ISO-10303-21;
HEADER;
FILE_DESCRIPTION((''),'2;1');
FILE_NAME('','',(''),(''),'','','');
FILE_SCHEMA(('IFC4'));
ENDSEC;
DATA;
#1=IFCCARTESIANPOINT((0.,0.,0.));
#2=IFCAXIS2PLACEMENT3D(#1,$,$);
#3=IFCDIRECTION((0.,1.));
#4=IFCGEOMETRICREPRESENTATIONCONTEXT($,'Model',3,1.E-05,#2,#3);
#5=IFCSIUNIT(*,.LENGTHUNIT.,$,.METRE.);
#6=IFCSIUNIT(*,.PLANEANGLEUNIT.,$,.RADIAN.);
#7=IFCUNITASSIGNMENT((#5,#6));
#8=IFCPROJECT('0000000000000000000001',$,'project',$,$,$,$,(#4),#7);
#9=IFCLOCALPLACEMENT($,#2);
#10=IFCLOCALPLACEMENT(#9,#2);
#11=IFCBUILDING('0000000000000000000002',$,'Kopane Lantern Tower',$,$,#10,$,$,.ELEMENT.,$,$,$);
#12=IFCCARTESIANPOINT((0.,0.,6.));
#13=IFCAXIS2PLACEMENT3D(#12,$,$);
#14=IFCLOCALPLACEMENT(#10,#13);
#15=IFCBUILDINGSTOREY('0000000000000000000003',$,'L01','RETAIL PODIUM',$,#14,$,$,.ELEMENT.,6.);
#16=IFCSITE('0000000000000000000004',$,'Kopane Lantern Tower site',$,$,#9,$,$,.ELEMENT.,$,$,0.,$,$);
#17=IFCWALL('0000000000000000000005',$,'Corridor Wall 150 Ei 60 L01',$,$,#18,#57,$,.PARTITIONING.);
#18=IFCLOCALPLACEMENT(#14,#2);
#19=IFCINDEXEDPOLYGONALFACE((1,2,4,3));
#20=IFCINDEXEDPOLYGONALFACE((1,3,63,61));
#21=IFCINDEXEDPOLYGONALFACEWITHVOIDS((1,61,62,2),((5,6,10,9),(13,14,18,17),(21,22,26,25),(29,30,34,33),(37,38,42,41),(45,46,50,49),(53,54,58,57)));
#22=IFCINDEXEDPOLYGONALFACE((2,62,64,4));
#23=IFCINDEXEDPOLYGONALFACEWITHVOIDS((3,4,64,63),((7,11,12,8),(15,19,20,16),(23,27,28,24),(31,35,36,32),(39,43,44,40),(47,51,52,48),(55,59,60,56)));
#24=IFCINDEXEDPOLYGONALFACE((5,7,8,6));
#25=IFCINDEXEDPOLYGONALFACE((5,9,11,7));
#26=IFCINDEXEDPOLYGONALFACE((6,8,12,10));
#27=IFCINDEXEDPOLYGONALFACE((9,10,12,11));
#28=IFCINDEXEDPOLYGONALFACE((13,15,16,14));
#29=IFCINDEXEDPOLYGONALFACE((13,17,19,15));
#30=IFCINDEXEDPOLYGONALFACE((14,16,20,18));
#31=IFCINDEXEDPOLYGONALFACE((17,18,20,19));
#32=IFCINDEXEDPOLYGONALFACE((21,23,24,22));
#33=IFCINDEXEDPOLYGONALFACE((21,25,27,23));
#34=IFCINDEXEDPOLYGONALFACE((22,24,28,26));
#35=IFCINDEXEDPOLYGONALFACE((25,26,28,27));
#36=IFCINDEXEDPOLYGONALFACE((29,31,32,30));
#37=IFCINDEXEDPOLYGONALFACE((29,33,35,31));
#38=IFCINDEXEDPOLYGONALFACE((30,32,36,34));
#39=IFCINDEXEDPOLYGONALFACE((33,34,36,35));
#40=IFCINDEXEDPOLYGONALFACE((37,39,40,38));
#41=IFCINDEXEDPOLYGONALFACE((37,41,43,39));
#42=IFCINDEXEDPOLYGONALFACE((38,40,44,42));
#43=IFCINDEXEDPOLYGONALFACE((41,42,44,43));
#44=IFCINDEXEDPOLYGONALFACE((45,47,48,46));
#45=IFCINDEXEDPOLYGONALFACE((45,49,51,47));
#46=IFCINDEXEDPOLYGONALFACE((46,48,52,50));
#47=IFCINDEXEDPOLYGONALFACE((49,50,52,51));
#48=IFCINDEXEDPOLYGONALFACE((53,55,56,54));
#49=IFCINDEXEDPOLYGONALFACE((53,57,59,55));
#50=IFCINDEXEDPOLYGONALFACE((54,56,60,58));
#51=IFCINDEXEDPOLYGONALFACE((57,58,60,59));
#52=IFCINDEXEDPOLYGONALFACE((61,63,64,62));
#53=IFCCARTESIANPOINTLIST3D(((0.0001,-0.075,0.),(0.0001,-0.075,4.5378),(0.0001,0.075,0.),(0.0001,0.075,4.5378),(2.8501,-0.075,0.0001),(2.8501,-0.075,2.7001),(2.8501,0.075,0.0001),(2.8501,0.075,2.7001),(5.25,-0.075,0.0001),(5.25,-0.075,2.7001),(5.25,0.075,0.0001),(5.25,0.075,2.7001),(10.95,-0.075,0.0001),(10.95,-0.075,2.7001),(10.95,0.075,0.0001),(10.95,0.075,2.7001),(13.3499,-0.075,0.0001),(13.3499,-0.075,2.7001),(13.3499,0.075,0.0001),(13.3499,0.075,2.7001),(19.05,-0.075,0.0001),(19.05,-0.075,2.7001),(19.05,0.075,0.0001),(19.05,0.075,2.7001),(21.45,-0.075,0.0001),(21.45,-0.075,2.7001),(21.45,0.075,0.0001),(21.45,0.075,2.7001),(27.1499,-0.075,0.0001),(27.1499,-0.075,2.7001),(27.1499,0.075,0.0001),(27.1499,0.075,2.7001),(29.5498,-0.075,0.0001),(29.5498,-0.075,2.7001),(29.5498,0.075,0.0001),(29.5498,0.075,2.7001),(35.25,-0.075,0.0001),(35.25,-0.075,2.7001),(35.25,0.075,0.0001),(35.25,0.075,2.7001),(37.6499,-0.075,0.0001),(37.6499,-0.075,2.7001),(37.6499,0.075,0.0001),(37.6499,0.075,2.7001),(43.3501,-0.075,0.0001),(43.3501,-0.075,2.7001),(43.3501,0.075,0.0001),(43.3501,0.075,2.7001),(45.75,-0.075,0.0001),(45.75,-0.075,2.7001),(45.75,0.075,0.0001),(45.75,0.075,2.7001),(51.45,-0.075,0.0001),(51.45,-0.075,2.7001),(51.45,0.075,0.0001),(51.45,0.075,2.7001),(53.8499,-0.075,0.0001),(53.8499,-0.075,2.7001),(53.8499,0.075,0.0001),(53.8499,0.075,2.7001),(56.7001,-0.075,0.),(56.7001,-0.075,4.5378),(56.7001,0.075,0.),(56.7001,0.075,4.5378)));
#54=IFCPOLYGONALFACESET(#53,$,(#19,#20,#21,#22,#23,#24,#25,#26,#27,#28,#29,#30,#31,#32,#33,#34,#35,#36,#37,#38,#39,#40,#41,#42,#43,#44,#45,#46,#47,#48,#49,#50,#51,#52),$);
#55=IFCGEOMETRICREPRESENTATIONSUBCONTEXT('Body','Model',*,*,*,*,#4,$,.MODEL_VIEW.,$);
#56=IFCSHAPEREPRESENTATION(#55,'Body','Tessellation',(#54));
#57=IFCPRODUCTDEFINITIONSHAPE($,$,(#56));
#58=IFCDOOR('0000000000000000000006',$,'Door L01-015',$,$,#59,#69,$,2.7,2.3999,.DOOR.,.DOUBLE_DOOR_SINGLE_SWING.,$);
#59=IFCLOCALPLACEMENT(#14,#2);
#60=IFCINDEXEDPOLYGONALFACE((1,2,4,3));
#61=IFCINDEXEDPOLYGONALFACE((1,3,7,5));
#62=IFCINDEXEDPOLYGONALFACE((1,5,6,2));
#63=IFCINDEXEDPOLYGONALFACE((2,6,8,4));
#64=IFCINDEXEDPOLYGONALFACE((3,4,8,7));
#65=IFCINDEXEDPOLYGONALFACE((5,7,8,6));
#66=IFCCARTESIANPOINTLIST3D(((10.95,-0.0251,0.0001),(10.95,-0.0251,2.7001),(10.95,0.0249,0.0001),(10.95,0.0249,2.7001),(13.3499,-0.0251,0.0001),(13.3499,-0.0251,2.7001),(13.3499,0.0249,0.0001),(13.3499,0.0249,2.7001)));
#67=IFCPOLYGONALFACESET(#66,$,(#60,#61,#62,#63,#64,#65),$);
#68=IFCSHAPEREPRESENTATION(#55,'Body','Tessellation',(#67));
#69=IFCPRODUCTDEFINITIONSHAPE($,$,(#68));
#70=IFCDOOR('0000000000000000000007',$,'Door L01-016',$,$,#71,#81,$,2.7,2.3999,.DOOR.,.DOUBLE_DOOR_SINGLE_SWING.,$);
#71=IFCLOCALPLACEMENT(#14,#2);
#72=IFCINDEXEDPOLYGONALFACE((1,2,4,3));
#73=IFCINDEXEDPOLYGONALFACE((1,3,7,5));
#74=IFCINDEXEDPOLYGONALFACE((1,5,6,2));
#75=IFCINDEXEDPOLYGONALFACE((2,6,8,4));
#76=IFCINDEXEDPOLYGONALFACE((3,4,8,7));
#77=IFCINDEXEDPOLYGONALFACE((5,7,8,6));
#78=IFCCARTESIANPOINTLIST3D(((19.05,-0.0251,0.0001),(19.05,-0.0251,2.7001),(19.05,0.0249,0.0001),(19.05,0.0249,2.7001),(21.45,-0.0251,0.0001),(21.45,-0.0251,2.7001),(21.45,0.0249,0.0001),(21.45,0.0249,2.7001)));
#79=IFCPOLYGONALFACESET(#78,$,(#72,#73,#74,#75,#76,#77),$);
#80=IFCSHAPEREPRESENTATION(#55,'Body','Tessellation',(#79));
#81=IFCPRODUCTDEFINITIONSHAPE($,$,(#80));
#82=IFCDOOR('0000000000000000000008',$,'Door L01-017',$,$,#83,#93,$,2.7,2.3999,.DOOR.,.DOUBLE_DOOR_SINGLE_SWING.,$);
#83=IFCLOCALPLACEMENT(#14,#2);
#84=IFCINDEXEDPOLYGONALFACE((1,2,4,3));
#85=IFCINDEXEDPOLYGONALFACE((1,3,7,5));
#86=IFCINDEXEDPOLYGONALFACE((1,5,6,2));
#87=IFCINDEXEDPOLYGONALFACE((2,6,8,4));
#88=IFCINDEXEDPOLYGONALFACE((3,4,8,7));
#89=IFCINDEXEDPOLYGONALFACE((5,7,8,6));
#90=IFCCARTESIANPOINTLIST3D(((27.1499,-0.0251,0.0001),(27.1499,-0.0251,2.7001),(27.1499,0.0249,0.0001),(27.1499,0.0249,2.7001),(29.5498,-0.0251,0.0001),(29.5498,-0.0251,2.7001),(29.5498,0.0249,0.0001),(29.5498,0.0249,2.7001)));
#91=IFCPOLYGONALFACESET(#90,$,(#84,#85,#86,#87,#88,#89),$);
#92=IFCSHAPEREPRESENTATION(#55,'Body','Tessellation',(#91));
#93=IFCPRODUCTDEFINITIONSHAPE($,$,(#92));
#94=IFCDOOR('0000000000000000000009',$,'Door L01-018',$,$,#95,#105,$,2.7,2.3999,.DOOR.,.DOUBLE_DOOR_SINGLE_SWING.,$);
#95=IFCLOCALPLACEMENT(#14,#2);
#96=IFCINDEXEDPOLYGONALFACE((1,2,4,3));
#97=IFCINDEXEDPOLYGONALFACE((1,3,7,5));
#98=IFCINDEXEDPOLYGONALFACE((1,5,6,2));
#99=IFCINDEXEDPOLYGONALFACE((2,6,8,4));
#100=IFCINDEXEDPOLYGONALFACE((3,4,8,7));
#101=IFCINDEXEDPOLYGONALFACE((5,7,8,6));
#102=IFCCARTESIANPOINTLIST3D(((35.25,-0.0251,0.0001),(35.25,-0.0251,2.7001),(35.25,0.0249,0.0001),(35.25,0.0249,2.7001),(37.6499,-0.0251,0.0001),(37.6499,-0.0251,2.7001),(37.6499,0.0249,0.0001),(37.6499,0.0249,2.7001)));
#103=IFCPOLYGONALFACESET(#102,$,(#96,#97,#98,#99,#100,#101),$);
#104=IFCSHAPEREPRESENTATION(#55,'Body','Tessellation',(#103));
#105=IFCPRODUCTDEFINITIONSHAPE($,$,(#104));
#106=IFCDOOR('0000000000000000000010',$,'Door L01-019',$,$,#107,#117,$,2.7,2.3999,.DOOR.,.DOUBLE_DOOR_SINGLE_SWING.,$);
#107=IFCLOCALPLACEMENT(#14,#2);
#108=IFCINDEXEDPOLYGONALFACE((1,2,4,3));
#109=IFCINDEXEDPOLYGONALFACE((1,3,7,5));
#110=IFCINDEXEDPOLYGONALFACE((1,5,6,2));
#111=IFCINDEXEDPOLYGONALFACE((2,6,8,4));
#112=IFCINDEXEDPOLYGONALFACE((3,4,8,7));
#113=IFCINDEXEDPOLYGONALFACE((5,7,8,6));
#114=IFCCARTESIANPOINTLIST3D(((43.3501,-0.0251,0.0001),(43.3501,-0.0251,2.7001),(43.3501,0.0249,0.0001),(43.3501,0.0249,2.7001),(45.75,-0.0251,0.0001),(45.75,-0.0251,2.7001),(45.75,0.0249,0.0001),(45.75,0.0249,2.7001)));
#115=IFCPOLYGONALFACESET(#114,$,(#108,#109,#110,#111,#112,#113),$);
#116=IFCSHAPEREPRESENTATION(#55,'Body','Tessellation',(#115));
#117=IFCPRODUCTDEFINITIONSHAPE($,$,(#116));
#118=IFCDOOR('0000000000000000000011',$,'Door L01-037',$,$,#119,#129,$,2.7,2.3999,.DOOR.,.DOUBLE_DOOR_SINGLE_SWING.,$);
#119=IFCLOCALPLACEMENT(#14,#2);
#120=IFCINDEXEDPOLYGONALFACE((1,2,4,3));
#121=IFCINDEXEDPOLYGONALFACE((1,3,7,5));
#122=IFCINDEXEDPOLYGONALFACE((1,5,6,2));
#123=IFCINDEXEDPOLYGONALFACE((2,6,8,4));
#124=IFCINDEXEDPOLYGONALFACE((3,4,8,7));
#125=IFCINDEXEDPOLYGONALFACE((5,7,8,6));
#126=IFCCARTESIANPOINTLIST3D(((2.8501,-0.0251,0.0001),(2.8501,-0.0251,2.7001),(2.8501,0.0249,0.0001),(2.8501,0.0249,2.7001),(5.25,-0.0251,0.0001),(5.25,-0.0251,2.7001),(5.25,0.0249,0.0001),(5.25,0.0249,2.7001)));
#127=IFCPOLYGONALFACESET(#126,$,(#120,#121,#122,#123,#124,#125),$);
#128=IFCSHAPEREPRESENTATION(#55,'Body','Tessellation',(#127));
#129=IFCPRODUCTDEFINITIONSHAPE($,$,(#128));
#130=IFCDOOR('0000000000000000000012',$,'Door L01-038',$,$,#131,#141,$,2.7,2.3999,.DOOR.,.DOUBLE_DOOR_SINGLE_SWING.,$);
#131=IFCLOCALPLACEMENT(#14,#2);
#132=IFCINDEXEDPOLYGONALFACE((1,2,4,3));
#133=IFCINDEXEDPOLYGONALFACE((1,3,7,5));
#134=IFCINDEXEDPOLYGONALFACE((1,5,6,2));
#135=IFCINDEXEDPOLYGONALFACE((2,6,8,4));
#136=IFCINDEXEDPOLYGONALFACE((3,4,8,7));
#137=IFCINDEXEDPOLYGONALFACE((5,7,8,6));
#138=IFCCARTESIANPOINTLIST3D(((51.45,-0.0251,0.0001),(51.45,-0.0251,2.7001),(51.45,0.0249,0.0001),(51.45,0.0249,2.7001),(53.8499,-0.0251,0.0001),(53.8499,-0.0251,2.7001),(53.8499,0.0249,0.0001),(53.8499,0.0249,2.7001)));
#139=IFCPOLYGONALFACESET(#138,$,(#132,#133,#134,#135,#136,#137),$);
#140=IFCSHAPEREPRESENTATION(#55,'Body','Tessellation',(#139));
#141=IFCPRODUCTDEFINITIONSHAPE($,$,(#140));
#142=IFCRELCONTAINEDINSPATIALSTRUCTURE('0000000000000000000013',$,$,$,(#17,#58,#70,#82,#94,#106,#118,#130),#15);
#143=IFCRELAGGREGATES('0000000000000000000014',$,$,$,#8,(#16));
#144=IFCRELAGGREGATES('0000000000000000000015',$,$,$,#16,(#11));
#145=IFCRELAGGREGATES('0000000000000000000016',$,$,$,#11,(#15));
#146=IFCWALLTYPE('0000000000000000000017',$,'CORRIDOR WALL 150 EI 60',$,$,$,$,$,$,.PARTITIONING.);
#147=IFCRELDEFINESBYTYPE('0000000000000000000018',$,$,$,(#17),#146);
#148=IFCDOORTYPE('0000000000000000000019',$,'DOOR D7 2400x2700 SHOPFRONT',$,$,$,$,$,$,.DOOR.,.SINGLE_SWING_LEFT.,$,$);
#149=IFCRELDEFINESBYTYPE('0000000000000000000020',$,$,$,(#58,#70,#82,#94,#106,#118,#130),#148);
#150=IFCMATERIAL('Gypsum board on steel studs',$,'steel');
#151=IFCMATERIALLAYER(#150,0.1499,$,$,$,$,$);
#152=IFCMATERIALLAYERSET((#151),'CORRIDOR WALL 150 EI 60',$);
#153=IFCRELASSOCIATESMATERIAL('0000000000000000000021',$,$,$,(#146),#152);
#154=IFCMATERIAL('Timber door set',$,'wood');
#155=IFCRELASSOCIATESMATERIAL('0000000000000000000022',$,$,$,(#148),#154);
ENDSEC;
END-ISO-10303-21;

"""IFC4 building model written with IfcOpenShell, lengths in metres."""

from ifc_helpers import new_model, si_unit, direction, frame, frame_2d, origin, origin_with_axes, place, context, subcontext, project, spatial, rectangle, extrude, material, layer, layer_set, type_object, element, fill, save


model = new_model("IFC4")

# Units and contexts
model_context = context("Model", 3, precision=1e-05, world=origin(), true_north=direction((0.0, 1.0)))
body_context = subcontext(model_context, "Body", "Model", "MODEL_VIEW")
ifc_project = project(units=[si_unit("LENGTHUNIT", "METRE"), si_unit("PLANEANGLEUNIT", "RADIAN")], contexts=[model_context])

# Site, building, storey
site_placement = place(None, origin())
site = spatial("IfcSite", under=ifc_project, at=site_placement, Name="Kopane Lantern Tower site", CompositionType="ELEMENT", RefElevation=0.0)
building_placement = place(site_placement, origin())
building = spatial("IfcBuilding", under=site, at=building_placement, Name="Kopane Lantern Tower", CompositionType="ELEMENT")
storey_placement = place(building_placement, frame((0.0, 0.0, 6.0)))
storey = spatial("IfcBuildingStorey", under=building, at=storey_placement, Name="L01", Description="RETAIL PODIUM", CompositionType="ELEMENT", Elevation=6.0)

# Wall, openings, doors
ifc_material_1 = material(Name="Gypsum board on steel studs", Category="steel")
ifc_layer_1 = layer(ifc_material_1, 0.1499)
ifc_layer_set_1 = layer_set([ifc_layer_1], Name="CORRIDOR WALL 150 EI 60")
wall_type = type_object("IfcWallType", Name="CORRIDOR WALL 150 EI 60", PredefinedType="PARTITIONING", material=ifc_layer_set_1)
wall_1_placement = place(storey_placement, origin_with_axes())
wall_1 = element("IfcWall", 1, at=wall_1_placement, inside=storey, type_object=wall_type, Name="Corridor Wall 150 Ei 60 L01", PredefinedType="PARTITIONING", context=body_context, shape_type="SweptSolid", body=[
    extrude(rectangle(XDim=56.7, YDim=0.1499, at=frame_2d((28.3501, 0.0))), origin(), (0.0, 0.0, 1.0), 4.5378),
])
opening_1_placement = place(wall_1_placement, frame((10.95, 0.0, 0.0)))
opening_1 = element("IfcOpeningElement", 2, at=opening_1_placement, cuts=wall_1, PredefinedType="OPENING", context=body_context, shape_type="SweptSolid", body=[
    extrude(rectangle(XDim=2.3999, YDim=2.7, at=frame_2d((1.2, 1.3501))), frame((0.0, 0.085, 0.0), z_axis=(0.0, -1.0, 0.0), x_axis=(1.0, 0.0, 0.0)), (0.0, 0.0, 1.0), 0.1699),
])
opening_2_placement = place(wall_1_placement, frame((19.05, 0.0, 0.0)))
opening_2 = element("IfcOpeningElement", 3, at=opening_2_placement, cuts=wall_1, PredefinedType="OPENING", context=body_context, shape_type="SweptSolid", body=[
    extrude(rectangle(XDim=2.3999, YDim=2.7, at=frame_2d((1.2, 1.3501))), frame((0.0, 0.085, 0.0), z_axis=(0.0, -1.0, 0.0), x_axis=(1.0, 0.0, 0.0)), (0.0, 0.0, 1.0), 0.1699),
])
opening_3_placement = place(wall_1_placement, frame((27.1499, 0.0, 0.0)))
opening_3 = element("IfcOpeningElement", 4, at=opening_3_placement, cuts=wall_1, PredefinedType="OPENING", context=body_context, shape_type="SweptSolid", body=[
    extrude(rectangle(XDim=2.3999, YDim=2.7, at=frame_2d((1.2, 1.3501))), frame((0.0, 0.085, 0.0), z_axis=(0.0, -1.0, 0.0), x_axis=(1.0, 0.0, 0.0)), (0.0, 0.0, 1.0), 0.1699),
])
opening_4_placement = place(wall_1_placement, frame((35.25, 0.0, 0.0)))
opening_4 = element("IfcOpeningElement", 5, at=opening_4_placement, cuts=wall_1, PredefinedType="OPENING", context=body_context, shape_type="SweptSolid", body=[
    extrude(rectangle(XDim=2.3999, YDim=2.7, at=frame_2d((1.2, 1.3501))), frame((0.0, 0.085, 0.0), z_axis=(0.0, -1.0, 0.0), x_axis=(1.0, 0.0, 0.0)), (0.0, 0.0, 1.0), 0.1699),
])
opening_5_placement = place(wall_1_placement, frame((43.3501, 0.0, 0.0)))
opening_5 = element("IfcOpeningElement", 6, at=opening_5_placement, cuts=wall_1, PredefinedType="OPENING", context=body_context, shape_type="SweptSolid", body=[
    extrude(rectangle(XDim=2.3999, YDim=2.7, at=frame_2d((1.2, 1.3501))), frame((0.0, 0.085, 0.0), z_axis=(0.0, -1.0, 0.0), x_axis=(1.0, 0.0, 0.0)), (0.0, 0.0, 1.0), 0.1699),
])
opening_6_placement = place(wall_1_placement, frame((2.8501, 0.0, 0.0)))
opening_6 = element("IfcOpeningElement", 7, at=opening_6_placement, cuts=wall_1, PredefinedType="OPENING", context=body_context, shape_type="SweptSolid", body=[
    extrude(rectangle(XDim=2.3999, YDim=2.7, at=frame_2d((1.2, 1.3501))), frame((0.0, 0.085, 0.0), z_axis=(0.0, -1.0, 0.0), x_axis=(1.0, 0.0, 0.0)), (0.0, 0.0, 1.0), 0.1699),
])
opening_7_placement = place(wall_1_placement, frame((51.45, 0.0, 0.0)))
opening_7 = element("IfcOpeningElement", 8, at=opening_7_placement, cuts=wall_1, PredefinedType="OPENING", context=body_context, shape_type="SweptSolid", body=[
    extrude(rectangle(XDim=2.3999, YDim=2.7, at=frame_2d((1.2, 1.3501))), frame((0.0, 0.085, 0.0), z_axis=(0.0, -1.0, 0.0), x_axis=(1.0, 0.0, 0.0)), (0.0, 0.0, 1.0), 0.1699),
])
ifc_material_2 = material(Name="Timber door set", Category="wood")
door_type = type_object("IfcDoorType", Name="DOOR D7 2400x2700 SHOPFRONT", OperationType="SINGLE_SWING_LEFT", PredefinedType="DOOR", material=ifc_material_2)
door_1_placement = place(opening_1_placement, origin())
door_1 = element("IfcDoor", 9, at=door_1_placement, inside=storey, type_object=door_type, Name="Door L01-015", OperationType="DOUBLE_DOOR_SINGLE_SWING", OverallHeight=2.7, OverallWidth=2.3999, PredefinedType="DOOR", context=body_context, shape_type="SweptSolid", body=[
    extrude(rectangle(XDim=2.3999, YDim=2.7, at=frame_2d((1.2, 1.3501))), frame((0.0, 0.0249, 0.0), z_axis=(0.0, -1.0, 0.0), x_axis=(1.0, 0.0, 0.0)), (0.0, 0.0, 1.0), 0.05),
])
fill(opening_1, door_1)
door_2_placement = place(opening_2_placement, origin())
door_2 = element("IfcDoor", 10, at=door_2_placement, inside=storey, type_object=door_type, Name="Door L01-016", OperationType="DOUBLE_DOOR_SINGLE_SWING", OverallHeight=2.7, OverallWidth=2.3999, PredefinedType="DOOR", context=body_context, shape_type="SweptSolid", body=[
    extrude(rectangle(XDim=2.3999, YDim=2.7, at=frame_2d((1.2, 1.3501))), frame((0.0, 0.0249, 0.0), z_axis=(0.0, -1.0, 0.0), x_axis=(1.0, 0.0, 0.0)), (0.0, 0.0, 1.0), 0.05),
])
fill(opening_2, door_2)
door_3_placement = place(opening_3_placement, origin())
door_3 = element("IfcDoor", 11, at=door_3_placement, inside=storey, type_object=door_type, Name="Door L01-017", OperationType="DOUBLE_DOOR_SINGLE_SWING", OverallHeight=2.7, OverallWidth=2.3999, PredefinedType="DOOR", context=body_context, shape_type="SweptSolid", body=[
    extrude(rectangle(XDim=2.3999, YDim=2.7, at=frame_2d((1.2, 1.3501))), frame((0.0, 0.0249, 0.0), z_axis=(0.0, -1.0, 0.0), x_axis=(1.0, 0.0, 0.0)), (0.0, 0.0, 1.0), 0.05),
])
fill(opening_3, door_3)
door_4_placement = place(opening_4_placement, origin())
door_4 = element("IfcDoor", 12, at=door_4_placement, inside=storey, type_object=door_type, Name="Door L01-018", OperationType="DOUBLE_DOOR_SINGLE_SWING", OverallHeight=2.7, OverallWidth=2.3999, PredefinedType="DOOR", context=body_context, shape_type="SweptSolid", body=[
    extrude(rectangle(XDim=2.3999, YDim=2.7, at=frame_2d((1.2, 1.3501))), frame((0.0, 0.0249, 0.0), z_axis=(0.0, -1.0, 0.0), x_axis=(1.0, 0.0, 0.0)), (0.0, 0.0, 1.0), 0.05),
])
fill(opening_4, door_4)
door_5_placement = place(opening_5_placement, origin())
door_5 = element("IfcDoor", 13, at=door_5_placement, inside=storey, type_object=door_type, Name="Door L01-019", OperationType="DOUBLE_DOOR_SINGLE_SWING", OverallHeight=2.7, OverallWidth=2.3999, PredefinedType="DOOR", context=body_context, shape_type="SweptSolid", body=[
    extrude(rectangle(XDim=2.3999, YDim=2.7, at=frame_2d((1.2, 1.3501))), frame((0.0, 0.0249, 0.0), z_axis=(0.0, -1.0, 0.0), x_axis=(1.0, 0.0, 0.0)), (0.0, 0.0, 1.0), 0.05),
])
fill(opening_5, door_5)
door_6_placement = place(opening_6_placement, origin())
door_6 = element("IfcDoor", 14, at=door_6_placement, inside=storey, type_object=door_type, Name="Door L01-037", OperationType="DOUBLE_DOOR_SINGLE_SWING", OverallHeight=2.7, OverallWidth=2.3999, PredefinedType="DOOR", context=body_context, shape_type="SweptSolid", body=[
    extrude(rectangle(XDim=2.3999, YDim=2.7, at=frame_2d((1.2, 1.3501))), frame((0.0, 0.0249, 0.0), z_axis=(0.0, -1.0, 0.0), x_axis=(1.0, 0.0, 0.0)), (0.0, 0.0, 1.0), 0.05),
])
fill(opening_6, door_6)
door_7_placement = place(opening_7_placement, origin())
door_7 = element("IfcDoor", 15, at=door_7_placement, inside=storey, type_object=door_type, Name="Door L01-038", OperationType="DOUBLE_DOOR_SINGLE_SWING", OverallHeight=2.7, OverallWidth=2.3999, PredefinedType="DOOR", context=body_context, shape_type="SweptSolid", body=[
    extrude(rectangle(XDim=2.3999, YDim=2.7, at=frame_2d((1.2, 1.3501))), frame((0.0, 0.0249, 0.0), z_axis=(0.0, -1.0, 0.0), x_axis=(1.0, 0.0, 0.0)), (0.0, 0.0, 1.0), 0.05),
])
fill(opening_7, door_7)

save(model, "model.ifc")
